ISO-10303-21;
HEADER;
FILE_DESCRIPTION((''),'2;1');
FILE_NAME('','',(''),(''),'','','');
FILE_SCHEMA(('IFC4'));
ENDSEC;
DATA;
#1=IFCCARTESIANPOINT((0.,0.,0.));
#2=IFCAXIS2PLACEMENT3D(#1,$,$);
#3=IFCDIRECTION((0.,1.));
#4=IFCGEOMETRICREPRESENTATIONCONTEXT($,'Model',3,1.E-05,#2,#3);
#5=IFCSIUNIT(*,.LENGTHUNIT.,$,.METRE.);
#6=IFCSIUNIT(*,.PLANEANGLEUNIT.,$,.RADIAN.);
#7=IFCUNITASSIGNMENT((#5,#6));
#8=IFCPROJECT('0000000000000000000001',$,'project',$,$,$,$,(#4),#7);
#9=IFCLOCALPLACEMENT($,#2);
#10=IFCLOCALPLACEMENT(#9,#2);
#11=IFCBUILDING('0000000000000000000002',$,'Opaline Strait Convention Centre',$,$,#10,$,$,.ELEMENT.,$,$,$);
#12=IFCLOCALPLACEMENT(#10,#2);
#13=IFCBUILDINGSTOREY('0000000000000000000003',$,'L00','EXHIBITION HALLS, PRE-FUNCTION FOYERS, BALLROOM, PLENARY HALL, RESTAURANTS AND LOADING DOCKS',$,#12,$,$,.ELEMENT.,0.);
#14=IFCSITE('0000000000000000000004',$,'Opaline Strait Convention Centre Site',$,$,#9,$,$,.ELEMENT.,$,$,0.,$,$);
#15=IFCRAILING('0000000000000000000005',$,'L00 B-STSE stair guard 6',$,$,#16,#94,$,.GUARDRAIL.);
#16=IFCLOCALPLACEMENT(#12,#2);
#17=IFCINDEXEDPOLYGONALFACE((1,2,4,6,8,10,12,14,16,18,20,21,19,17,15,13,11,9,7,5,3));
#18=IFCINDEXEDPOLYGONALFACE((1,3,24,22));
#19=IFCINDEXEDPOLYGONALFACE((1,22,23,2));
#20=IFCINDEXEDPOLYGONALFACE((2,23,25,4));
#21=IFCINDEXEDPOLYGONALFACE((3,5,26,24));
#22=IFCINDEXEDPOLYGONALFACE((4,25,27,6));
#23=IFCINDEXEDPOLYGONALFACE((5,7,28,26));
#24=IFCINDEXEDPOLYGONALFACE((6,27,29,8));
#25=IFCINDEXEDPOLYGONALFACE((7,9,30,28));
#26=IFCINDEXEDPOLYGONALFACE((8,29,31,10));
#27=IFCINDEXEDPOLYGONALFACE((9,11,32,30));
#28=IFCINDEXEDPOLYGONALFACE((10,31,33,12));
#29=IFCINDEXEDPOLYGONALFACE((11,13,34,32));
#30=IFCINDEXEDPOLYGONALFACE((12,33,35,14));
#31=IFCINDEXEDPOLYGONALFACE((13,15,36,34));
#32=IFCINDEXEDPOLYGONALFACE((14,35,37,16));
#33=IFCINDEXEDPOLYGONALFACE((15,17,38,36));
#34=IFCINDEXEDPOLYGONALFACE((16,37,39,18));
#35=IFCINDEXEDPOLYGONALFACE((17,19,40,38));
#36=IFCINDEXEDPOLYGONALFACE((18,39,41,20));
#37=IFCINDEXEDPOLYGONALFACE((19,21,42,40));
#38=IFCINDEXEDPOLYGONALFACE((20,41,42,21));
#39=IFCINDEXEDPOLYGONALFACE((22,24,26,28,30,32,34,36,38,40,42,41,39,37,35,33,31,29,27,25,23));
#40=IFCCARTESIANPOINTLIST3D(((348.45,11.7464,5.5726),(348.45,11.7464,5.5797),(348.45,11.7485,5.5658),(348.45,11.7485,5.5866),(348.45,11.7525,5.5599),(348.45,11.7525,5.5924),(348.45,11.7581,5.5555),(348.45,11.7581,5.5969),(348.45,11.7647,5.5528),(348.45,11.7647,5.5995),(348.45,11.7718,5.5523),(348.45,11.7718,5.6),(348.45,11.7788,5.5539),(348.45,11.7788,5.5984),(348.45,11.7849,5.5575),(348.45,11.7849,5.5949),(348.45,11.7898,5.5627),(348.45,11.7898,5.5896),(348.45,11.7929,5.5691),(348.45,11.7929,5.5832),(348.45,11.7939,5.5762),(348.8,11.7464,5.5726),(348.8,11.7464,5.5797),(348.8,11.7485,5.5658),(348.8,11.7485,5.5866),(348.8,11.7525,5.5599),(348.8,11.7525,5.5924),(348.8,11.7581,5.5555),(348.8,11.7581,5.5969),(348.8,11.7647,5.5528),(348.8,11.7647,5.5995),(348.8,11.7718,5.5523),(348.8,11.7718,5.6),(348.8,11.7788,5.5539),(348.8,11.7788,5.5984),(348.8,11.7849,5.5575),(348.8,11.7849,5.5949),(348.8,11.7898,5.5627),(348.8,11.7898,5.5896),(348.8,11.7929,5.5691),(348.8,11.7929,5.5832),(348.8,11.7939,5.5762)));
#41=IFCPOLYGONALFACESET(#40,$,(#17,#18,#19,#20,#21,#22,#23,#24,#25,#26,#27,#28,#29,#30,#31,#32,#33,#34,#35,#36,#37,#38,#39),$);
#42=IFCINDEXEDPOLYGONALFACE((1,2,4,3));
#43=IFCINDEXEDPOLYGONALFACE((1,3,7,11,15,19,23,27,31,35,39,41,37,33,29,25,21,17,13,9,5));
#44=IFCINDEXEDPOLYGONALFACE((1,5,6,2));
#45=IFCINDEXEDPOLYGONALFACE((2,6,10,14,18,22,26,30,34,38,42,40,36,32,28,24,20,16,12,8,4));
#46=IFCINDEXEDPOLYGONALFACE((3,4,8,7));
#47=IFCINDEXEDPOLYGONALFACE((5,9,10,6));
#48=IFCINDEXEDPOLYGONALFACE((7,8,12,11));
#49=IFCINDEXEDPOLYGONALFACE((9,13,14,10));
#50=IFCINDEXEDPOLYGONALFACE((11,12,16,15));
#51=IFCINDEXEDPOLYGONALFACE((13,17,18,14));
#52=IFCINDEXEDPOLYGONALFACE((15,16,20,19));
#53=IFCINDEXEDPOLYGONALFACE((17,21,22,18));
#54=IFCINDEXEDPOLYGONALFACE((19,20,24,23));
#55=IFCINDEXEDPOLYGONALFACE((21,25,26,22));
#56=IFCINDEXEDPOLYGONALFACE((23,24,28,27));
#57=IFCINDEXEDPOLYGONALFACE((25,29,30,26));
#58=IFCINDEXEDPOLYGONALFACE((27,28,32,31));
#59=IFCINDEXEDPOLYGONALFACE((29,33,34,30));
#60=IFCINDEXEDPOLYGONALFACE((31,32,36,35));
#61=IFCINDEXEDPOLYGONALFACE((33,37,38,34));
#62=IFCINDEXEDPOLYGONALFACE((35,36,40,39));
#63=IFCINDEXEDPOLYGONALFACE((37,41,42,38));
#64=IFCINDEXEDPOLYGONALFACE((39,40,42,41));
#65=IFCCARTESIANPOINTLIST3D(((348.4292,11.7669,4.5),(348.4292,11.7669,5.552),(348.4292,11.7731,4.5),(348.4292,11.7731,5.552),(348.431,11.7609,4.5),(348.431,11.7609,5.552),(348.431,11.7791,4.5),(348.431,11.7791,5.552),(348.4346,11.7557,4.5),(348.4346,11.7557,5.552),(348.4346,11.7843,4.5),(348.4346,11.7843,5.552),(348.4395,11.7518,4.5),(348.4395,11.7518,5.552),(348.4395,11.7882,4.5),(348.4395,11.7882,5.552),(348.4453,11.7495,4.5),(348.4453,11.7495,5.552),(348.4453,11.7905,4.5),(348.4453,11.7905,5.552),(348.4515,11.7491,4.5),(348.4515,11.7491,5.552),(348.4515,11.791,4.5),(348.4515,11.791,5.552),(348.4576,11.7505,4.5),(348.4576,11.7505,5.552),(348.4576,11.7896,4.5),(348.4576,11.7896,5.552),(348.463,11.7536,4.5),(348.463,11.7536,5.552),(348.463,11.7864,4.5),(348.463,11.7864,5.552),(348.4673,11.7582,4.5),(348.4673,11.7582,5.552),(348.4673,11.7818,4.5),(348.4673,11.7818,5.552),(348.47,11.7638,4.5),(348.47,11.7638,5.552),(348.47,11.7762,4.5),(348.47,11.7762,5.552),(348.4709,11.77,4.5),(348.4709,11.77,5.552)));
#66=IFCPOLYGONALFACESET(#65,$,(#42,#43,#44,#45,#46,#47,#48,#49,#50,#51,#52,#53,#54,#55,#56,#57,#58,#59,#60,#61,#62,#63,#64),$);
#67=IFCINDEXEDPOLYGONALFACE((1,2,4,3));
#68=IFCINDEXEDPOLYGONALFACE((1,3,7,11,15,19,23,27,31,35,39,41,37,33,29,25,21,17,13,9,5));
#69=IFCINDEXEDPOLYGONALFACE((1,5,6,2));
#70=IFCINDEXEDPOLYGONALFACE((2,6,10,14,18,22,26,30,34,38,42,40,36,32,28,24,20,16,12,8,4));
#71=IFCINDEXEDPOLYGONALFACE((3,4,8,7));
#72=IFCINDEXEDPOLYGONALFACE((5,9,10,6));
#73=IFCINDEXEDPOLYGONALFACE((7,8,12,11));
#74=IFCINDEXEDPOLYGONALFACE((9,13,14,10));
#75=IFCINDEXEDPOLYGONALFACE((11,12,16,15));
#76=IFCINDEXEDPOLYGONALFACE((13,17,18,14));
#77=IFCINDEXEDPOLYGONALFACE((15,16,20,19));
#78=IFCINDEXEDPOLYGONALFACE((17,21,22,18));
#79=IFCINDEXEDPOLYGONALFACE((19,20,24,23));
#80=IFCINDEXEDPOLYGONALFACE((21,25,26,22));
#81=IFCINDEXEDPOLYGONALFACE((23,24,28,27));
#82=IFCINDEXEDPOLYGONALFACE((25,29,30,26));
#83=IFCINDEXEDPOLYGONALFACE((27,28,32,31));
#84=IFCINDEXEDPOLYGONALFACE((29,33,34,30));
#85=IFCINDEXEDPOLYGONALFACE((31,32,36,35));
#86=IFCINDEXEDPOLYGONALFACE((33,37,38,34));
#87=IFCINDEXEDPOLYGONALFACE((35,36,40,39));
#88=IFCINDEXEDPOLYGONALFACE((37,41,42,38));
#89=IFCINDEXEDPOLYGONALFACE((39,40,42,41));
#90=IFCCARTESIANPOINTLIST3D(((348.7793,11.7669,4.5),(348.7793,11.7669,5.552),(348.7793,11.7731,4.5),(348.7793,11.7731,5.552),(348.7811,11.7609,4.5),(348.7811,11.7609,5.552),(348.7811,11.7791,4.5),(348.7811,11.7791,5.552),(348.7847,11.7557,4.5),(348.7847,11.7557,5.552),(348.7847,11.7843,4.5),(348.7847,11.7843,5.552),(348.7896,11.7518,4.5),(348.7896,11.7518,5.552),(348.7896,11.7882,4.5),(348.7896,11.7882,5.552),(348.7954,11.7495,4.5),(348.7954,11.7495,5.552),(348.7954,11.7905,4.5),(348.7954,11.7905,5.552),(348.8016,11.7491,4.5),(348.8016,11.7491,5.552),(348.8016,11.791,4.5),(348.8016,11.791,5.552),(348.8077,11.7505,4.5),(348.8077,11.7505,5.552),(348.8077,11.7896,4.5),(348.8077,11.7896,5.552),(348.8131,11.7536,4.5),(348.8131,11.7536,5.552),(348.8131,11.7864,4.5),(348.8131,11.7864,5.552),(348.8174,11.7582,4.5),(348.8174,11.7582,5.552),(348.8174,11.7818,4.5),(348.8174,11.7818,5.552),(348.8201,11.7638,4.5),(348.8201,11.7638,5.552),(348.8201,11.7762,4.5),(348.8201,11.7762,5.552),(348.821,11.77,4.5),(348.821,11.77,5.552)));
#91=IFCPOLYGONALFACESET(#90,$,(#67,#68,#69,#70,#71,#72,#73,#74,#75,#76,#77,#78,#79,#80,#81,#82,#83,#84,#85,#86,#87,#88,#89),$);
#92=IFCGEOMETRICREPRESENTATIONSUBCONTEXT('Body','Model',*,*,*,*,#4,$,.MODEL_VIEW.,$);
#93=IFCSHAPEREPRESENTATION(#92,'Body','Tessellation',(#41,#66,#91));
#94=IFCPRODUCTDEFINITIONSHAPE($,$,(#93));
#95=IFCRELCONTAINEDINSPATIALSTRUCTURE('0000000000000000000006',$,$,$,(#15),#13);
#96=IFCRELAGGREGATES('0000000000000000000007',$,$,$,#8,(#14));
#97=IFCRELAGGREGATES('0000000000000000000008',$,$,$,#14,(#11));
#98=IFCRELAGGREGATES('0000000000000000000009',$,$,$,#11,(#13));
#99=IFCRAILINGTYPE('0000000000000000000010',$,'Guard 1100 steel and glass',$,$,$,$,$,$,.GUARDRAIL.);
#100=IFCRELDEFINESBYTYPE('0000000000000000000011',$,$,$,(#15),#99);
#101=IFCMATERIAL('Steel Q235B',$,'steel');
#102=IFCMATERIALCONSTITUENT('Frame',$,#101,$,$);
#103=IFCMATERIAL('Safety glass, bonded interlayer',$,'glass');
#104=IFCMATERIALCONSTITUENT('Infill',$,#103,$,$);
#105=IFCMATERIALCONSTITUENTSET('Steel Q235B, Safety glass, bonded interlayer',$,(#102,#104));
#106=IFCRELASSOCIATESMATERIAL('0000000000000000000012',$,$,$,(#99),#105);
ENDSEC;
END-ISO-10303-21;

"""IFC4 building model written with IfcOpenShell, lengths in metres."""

from ifc_helpers import new_model, si_unit, direction, frame, origin, origin_2d, place, context, subcontext, project, spatial, circle, extrude, material, constituent, constituent_set, type_object, element, save


model = new_model("IFC4")

# Units and contexts
model_context = context("Model", 3, precision=1e-05, world=origin(), true_north=direction((0.0, 1.0)))
body_context = subcontext(model_context, "Body", "Model", "MODEL_VIEW")
ifc_project = project(units=[si_unit("LENGTHUNIT", "METRE"), si_unit("PLANEANGLEUNIT", "RADIAN")], contexts=[model_context])

# Site, building, storey
site_placement = place(None, origin())
site = spatial("IfcSite", under=ifc_project, at=site_placement, Name="Opaline Strait Convention Centre Site", CompositionType="ELEMENT", RefElevation=0.0)
building_placement = place(site_placement, origin())
building = spatial("IfcBuilding", under=site, at=building_placement, Name="Opaline Strait Convention Centre", CompositionType="ELEMENT")
storey_placement = place(building_placement, origin())
storey = spatial("IfcBuildingStorey", under=building, at=storey_placement, Name="L00", Description="EXHIBITION HALLS, PRE-FUNCTION FOYERS, BALLROOM, PLENARY HALL, RESTAURANTS AND LOADING DOCKS", CompositionType="ELEMENT", Elevation=0.0)

# Shared definitions
ifc_material_1 = material(Name="Steel Q235B", Category="steel")

# Railing
ifc_constituent_1 = constituent(ifc_material_1, Name="Frame")
ifc_material_2 = material(Name="Safety glass, bonded interlayer", Category="glass")
ifc_constituent_2 = constituent(ifc_material_2, Name="Infill")
ifc_constituent_set = constituent_set(constituents=[ifc_constituent_1, ifc_constituent_2], Name="Steel Q235B, Safety glass, bonded interlayer")
railing_type_1 = type_object("IfcRailingType", Name="Guard 1100 steel and glass", PredefinedType="GUARDRAIL", material=ifc_constituent_set)
railing_1_placement = place(storey_placement, frame((348.45, 11.77, 4.5)))
element("IfcRailing", 1, at=railing_1_placement, inside=storey, type_object=railing_type_1, Name="L00 B-STSE stair guard 6", PredefinedType="GUARDRAIL", context=body_context, shape_type="SweptSolid", body=[
    extrude(circle(Radius=0.0239, at=origin_2d()), frame((0.0, 0.0, 1.0762), z_axis=(1.0, 0.0, 0.0), x_axis=(0.0, 1.0, 0.0)), (0.0, 0.0, 1.0), 0.3501),
    extrude(circle(Radius=0.021, at=origin_2d()), origin(), (0.0, 0.0, 1.0), 1.052),
    extrude(circle(Radius=0.021, at=origin_2d()), frame((0.3501, 0.0, 0.0)), (0.0, 0.0, 1.0), 1.052),
])

save(model, "model.ifc")
